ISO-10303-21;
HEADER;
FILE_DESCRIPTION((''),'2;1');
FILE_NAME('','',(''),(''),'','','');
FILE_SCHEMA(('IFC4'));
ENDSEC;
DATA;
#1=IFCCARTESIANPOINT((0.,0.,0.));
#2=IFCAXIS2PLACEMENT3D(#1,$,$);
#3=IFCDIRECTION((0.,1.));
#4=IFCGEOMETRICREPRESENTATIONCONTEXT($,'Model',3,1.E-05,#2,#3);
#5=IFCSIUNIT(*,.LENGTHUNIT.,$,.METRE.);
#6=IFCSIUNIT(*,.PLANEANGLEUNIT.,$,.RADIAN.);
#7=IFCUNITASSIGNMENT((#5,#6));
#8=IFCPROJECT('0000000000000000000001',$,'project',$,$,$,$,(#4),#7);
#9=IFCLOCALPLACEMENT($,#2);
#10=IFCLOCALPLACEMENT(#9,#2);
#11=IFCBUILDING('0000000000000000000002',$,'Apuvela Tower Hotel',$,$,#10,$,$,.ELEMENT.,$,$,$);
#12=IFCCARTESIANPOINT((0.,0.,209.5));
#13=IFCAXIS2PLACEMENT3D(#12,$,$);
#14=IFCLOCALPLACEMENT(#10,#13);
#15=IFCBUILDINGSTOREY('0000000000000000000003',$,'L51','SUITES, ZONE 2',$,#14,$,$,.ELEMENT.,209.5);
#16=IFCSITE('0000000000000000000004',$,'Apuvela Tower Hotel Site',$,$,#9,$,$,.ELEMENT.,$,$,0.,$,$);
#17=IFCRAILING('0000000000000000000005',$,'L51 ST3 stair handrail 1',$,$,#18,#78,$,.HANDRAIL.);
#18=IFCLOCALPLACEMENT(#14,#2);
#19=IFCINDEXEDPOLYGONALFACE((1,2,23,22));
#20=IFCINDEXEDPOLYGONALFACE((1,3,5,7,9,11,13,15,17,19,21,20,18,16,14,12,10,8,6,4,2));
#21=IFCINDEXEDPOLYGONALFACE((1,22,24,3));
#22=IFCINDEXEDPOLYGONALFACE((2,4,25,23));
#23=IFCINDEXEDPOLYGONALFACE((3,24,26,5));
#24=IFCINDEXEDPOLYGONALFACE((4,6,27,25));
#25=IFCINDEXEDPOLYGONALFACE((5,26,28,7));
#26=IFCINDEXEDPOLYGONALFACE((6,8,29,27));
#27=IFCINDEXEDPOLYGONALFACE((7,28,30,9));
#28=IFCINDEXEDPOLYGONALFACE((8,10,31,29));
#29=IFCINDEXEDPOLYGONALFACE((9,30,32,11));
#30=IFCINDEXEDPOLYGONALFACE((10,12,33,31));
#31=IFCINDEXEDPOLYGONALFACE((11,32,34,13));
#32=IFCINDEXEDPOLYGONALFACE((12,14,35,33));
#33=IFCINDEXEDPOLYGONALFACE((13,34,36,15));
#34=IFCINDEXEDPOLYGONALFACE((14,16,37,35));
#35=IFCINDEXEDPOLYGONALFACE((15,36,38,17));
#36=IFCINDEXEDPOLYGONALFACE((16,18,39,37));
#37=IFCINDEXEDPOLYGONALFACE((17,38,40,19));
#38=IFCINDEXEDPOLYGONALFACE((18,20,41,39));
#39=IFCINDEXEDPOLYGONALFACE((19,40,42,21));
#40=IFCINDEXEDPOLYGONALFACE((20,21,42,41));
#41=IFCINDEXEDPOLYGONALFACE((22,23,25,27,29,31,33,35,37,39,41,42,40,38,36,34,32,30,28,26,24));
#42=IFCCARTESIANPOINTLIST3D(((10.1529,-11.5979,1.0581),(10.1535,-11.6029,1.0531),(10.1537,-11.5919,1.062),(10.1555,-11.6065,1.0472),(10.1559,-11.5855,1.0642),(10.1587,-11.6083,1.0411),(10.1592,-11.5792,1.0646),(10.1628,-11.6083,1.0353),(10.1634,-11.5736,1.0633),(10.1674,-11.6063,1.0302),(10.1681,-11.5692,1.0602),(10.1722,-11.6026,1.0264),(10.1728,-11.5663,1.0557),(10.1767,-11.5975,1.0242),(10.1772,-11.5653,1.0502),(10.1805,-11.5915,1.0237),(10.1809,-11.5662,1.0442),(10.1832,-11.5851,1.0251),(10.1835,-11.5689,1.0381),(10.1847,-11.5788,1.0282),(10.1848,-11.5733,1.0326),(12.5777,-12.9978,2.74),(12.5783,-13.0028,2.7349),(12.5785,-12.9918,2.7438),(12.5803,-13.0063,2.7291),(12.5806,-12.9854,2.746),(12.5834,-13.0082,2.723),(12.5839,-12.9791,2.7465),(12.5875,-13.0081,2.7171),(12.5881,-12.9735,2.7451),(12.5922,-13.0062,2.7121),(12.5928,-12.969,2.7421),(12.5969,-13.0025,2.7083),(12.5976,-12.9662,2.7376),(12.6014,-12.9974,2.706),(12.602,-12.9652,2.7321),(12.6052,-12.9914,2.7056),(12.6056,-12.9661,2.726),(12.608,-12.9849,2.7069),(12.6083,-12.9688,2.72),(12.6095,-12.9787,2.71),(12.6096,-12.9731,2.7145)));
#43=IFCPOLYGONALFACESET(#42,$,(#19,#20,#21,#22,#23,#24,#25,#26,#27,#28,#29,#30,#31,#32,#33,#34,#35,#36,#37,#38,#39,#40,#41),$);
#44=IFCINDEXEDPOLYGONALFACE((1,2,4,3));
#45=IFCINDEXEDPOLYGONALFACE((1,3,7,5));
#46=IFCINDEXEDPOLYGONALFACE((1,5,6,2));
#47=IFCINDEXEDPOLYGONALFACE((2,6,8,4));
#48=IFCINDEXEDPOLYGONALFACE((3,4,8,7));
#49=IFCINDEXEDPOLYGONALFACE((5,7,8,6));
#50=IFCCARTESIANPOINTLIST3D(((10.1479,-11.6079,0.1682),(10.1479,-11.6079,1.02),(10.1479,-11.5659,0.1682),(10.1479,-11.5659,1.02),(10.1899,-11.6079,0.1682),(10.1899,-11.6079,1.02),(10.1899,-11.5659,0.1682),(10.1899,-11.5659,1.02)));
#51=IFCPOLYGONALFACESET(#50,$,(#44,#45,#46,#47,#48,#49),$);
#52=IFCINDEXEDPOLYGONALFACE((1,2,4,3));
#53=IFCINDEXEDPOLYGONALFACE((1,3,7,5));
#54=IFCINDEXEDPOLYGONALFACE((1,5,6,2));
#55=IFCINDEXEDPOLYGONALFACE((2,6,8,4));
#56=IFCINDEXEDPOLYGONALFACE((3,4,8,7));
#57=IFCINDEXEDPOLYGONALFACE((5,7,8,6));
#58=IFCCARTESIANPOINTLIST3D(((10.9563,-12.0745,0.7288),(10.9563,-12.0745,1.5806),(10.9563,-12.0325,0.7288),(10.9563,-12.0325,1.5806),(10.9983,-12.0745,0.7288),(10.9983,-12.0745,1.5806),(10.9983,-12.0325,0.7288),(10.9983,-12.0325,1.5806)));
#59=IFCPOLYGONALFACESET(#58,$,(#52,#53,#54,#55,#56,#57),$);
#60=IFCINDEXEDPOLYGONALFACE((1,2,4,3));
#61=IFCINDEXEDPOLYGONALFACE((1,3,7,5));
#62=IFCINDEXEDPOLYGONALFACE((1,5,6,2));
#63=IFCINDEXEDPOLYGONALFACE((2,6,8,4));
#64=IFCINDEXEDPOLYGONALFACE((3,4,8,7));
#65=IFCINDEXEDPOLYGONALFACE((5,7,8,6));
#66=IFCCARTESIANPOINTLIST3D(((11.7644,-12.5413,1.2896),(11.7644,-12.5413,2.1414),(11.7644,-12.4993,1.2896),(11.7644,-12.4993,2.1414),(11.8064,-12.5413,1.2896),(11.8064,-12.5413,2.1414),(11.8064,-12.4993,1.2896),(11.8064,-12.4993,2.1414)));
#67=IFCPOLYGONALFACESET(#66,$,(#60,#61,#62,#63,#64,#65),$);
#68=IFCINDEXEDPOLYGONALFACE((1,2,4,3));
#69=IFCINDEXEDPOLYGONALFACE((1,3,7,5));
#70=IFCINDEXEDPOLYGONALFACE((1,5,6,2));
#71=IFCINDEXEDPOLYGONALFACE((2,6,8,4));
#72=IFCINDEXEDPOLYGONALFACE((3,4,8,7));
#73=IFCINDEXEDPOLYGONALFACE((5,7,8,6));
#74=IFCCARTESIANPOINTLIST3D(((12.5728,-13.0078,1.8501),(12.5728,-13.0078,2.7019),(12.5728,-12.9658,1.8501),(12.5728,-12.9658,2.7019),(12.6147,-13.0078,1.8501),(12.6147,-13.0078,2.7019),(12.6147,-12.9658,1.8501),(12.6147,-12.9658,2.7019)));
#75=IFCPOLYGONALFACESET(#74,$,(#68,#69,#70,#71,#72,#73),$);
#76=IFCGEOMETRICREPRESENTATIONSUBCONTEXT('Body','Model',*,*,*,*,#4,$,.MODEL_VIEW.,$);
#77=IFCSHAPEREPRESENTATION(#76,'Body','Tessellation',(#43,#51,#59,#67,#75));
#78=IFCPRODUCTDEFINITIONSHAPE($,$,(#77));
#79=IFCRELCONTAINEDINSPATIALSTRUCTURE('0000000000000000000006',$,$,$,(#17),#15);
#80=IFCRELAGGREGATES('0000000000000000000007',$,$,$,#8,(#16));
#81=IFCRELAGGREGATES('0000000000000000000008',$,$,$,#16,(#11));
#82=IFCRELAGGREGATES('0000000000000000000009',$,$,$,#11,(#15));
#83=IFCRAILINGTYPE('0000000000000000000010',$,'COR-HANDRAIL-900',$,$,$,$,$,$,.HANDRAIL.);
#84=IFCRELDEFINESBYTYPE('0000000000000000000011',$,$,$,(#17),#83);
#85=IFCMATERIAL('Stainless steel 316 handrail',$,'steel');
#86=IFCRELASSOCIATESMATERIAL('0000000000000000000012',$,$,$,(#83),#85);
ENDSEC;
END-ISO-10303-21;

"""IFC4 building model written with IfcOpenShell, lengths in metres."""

from ifc_helpers import new_model, si_unit, direction, frame, origin, origin_2d, place, context, subcontext, project, spatial, rectangle, circle, extrude, material, type_object, element, save


model = new_model("IFC4")

# Units and contexts
model_context = context("Model", 3, precision=1e-05, world=origin(), true_north=direction((0.0, 1.0)))
body_context = subcontext(model_context, "Body", "Model", "MODEL_VIEW")
ifc_project = project(units=[si_unit("LENGTHUNIT", "METRE"), si_unit("PLANEANGLEUNIT", "RADIAN")], contexts=[model_context])

# Site, building, storey
site_placement = place(None, origin())
site = spatial("IfcSite", under=ifc_project, at=site_placement, Name="Apuvela Tower Hotel Site", CompositionType="ELEMENT", RefElevation=0.0)
building_placement = place(site_placement, origin())
building = spatial("IfcBuilding", under=site, at=building_placement, Name="Apuvela Tower Hotel", CompositionType="ELEMENT")
storey_placement = place(building_placement, frame((0.0, 0.0, 209.5)))
storey = spatial("IfcBuildingStorey", under=building, at=storey_placement, Name="L51", Description="SUITES, ZONE 2", CompositionType="ELEMENT", Elevation=209.5)

# Railing
ifc_material_1 = material(Name="Stainless steel 316 handrail", Category="steel")
railing_type_1 = type_object("IfcRailingType", Name="COR-HANDRAIL-900", PredefinedType="HANDRAIL", material=ifc_material_1)
railing_1_placement = place(storey_placement, frame((10.1689, -11.5869, 0.1682)))
element("IfcRailing", 1, at=railing_1_placement, inside=storey, type_object=railing_type_1, Name="L51 ST3 stair handrail 1", PredefinedType="HANDRAIL", context=body_context, shape_type="SweptSolid", body=[
    extrude(circle(Radius=0.0239, at=origin_2d()), frame((0.0, 0.0, 0.876), z_axis=(0.74239, -0.428601, 0.514934), x_axis=(0.499984, 0.866035, 0.0)), (0.0, 0.0, 1.0), 3.2661),
    extrude(rectangle(XDim=0.042, YDim=0.042, at=origin_2d()), origin(), (0.0, 0.0, 1.0), 0.8518),
    extrude(rectangle(XDim=0.042, YDim=0.042, at=origin_2d()), frame((0.8083, -0.4666, 0.5605)), (0.0, 0.0, 1.0), 0.8518),
    extrude(rectangle(XDim=0.042, YDim=0.042, at=origin_2d()), frame((1.6165, -0.9333, 1.1213)), (0.0, 0.0, 1.0), 0.8518),
    extrude(rectangle(XDim=0.042, YDim=0.042, at=origin_2d()), frame((2.4248, -1.3999, 1.6819)), (0.0, 0.0, 1.0), 0.8518),
])

save(model, "model.ifc")
